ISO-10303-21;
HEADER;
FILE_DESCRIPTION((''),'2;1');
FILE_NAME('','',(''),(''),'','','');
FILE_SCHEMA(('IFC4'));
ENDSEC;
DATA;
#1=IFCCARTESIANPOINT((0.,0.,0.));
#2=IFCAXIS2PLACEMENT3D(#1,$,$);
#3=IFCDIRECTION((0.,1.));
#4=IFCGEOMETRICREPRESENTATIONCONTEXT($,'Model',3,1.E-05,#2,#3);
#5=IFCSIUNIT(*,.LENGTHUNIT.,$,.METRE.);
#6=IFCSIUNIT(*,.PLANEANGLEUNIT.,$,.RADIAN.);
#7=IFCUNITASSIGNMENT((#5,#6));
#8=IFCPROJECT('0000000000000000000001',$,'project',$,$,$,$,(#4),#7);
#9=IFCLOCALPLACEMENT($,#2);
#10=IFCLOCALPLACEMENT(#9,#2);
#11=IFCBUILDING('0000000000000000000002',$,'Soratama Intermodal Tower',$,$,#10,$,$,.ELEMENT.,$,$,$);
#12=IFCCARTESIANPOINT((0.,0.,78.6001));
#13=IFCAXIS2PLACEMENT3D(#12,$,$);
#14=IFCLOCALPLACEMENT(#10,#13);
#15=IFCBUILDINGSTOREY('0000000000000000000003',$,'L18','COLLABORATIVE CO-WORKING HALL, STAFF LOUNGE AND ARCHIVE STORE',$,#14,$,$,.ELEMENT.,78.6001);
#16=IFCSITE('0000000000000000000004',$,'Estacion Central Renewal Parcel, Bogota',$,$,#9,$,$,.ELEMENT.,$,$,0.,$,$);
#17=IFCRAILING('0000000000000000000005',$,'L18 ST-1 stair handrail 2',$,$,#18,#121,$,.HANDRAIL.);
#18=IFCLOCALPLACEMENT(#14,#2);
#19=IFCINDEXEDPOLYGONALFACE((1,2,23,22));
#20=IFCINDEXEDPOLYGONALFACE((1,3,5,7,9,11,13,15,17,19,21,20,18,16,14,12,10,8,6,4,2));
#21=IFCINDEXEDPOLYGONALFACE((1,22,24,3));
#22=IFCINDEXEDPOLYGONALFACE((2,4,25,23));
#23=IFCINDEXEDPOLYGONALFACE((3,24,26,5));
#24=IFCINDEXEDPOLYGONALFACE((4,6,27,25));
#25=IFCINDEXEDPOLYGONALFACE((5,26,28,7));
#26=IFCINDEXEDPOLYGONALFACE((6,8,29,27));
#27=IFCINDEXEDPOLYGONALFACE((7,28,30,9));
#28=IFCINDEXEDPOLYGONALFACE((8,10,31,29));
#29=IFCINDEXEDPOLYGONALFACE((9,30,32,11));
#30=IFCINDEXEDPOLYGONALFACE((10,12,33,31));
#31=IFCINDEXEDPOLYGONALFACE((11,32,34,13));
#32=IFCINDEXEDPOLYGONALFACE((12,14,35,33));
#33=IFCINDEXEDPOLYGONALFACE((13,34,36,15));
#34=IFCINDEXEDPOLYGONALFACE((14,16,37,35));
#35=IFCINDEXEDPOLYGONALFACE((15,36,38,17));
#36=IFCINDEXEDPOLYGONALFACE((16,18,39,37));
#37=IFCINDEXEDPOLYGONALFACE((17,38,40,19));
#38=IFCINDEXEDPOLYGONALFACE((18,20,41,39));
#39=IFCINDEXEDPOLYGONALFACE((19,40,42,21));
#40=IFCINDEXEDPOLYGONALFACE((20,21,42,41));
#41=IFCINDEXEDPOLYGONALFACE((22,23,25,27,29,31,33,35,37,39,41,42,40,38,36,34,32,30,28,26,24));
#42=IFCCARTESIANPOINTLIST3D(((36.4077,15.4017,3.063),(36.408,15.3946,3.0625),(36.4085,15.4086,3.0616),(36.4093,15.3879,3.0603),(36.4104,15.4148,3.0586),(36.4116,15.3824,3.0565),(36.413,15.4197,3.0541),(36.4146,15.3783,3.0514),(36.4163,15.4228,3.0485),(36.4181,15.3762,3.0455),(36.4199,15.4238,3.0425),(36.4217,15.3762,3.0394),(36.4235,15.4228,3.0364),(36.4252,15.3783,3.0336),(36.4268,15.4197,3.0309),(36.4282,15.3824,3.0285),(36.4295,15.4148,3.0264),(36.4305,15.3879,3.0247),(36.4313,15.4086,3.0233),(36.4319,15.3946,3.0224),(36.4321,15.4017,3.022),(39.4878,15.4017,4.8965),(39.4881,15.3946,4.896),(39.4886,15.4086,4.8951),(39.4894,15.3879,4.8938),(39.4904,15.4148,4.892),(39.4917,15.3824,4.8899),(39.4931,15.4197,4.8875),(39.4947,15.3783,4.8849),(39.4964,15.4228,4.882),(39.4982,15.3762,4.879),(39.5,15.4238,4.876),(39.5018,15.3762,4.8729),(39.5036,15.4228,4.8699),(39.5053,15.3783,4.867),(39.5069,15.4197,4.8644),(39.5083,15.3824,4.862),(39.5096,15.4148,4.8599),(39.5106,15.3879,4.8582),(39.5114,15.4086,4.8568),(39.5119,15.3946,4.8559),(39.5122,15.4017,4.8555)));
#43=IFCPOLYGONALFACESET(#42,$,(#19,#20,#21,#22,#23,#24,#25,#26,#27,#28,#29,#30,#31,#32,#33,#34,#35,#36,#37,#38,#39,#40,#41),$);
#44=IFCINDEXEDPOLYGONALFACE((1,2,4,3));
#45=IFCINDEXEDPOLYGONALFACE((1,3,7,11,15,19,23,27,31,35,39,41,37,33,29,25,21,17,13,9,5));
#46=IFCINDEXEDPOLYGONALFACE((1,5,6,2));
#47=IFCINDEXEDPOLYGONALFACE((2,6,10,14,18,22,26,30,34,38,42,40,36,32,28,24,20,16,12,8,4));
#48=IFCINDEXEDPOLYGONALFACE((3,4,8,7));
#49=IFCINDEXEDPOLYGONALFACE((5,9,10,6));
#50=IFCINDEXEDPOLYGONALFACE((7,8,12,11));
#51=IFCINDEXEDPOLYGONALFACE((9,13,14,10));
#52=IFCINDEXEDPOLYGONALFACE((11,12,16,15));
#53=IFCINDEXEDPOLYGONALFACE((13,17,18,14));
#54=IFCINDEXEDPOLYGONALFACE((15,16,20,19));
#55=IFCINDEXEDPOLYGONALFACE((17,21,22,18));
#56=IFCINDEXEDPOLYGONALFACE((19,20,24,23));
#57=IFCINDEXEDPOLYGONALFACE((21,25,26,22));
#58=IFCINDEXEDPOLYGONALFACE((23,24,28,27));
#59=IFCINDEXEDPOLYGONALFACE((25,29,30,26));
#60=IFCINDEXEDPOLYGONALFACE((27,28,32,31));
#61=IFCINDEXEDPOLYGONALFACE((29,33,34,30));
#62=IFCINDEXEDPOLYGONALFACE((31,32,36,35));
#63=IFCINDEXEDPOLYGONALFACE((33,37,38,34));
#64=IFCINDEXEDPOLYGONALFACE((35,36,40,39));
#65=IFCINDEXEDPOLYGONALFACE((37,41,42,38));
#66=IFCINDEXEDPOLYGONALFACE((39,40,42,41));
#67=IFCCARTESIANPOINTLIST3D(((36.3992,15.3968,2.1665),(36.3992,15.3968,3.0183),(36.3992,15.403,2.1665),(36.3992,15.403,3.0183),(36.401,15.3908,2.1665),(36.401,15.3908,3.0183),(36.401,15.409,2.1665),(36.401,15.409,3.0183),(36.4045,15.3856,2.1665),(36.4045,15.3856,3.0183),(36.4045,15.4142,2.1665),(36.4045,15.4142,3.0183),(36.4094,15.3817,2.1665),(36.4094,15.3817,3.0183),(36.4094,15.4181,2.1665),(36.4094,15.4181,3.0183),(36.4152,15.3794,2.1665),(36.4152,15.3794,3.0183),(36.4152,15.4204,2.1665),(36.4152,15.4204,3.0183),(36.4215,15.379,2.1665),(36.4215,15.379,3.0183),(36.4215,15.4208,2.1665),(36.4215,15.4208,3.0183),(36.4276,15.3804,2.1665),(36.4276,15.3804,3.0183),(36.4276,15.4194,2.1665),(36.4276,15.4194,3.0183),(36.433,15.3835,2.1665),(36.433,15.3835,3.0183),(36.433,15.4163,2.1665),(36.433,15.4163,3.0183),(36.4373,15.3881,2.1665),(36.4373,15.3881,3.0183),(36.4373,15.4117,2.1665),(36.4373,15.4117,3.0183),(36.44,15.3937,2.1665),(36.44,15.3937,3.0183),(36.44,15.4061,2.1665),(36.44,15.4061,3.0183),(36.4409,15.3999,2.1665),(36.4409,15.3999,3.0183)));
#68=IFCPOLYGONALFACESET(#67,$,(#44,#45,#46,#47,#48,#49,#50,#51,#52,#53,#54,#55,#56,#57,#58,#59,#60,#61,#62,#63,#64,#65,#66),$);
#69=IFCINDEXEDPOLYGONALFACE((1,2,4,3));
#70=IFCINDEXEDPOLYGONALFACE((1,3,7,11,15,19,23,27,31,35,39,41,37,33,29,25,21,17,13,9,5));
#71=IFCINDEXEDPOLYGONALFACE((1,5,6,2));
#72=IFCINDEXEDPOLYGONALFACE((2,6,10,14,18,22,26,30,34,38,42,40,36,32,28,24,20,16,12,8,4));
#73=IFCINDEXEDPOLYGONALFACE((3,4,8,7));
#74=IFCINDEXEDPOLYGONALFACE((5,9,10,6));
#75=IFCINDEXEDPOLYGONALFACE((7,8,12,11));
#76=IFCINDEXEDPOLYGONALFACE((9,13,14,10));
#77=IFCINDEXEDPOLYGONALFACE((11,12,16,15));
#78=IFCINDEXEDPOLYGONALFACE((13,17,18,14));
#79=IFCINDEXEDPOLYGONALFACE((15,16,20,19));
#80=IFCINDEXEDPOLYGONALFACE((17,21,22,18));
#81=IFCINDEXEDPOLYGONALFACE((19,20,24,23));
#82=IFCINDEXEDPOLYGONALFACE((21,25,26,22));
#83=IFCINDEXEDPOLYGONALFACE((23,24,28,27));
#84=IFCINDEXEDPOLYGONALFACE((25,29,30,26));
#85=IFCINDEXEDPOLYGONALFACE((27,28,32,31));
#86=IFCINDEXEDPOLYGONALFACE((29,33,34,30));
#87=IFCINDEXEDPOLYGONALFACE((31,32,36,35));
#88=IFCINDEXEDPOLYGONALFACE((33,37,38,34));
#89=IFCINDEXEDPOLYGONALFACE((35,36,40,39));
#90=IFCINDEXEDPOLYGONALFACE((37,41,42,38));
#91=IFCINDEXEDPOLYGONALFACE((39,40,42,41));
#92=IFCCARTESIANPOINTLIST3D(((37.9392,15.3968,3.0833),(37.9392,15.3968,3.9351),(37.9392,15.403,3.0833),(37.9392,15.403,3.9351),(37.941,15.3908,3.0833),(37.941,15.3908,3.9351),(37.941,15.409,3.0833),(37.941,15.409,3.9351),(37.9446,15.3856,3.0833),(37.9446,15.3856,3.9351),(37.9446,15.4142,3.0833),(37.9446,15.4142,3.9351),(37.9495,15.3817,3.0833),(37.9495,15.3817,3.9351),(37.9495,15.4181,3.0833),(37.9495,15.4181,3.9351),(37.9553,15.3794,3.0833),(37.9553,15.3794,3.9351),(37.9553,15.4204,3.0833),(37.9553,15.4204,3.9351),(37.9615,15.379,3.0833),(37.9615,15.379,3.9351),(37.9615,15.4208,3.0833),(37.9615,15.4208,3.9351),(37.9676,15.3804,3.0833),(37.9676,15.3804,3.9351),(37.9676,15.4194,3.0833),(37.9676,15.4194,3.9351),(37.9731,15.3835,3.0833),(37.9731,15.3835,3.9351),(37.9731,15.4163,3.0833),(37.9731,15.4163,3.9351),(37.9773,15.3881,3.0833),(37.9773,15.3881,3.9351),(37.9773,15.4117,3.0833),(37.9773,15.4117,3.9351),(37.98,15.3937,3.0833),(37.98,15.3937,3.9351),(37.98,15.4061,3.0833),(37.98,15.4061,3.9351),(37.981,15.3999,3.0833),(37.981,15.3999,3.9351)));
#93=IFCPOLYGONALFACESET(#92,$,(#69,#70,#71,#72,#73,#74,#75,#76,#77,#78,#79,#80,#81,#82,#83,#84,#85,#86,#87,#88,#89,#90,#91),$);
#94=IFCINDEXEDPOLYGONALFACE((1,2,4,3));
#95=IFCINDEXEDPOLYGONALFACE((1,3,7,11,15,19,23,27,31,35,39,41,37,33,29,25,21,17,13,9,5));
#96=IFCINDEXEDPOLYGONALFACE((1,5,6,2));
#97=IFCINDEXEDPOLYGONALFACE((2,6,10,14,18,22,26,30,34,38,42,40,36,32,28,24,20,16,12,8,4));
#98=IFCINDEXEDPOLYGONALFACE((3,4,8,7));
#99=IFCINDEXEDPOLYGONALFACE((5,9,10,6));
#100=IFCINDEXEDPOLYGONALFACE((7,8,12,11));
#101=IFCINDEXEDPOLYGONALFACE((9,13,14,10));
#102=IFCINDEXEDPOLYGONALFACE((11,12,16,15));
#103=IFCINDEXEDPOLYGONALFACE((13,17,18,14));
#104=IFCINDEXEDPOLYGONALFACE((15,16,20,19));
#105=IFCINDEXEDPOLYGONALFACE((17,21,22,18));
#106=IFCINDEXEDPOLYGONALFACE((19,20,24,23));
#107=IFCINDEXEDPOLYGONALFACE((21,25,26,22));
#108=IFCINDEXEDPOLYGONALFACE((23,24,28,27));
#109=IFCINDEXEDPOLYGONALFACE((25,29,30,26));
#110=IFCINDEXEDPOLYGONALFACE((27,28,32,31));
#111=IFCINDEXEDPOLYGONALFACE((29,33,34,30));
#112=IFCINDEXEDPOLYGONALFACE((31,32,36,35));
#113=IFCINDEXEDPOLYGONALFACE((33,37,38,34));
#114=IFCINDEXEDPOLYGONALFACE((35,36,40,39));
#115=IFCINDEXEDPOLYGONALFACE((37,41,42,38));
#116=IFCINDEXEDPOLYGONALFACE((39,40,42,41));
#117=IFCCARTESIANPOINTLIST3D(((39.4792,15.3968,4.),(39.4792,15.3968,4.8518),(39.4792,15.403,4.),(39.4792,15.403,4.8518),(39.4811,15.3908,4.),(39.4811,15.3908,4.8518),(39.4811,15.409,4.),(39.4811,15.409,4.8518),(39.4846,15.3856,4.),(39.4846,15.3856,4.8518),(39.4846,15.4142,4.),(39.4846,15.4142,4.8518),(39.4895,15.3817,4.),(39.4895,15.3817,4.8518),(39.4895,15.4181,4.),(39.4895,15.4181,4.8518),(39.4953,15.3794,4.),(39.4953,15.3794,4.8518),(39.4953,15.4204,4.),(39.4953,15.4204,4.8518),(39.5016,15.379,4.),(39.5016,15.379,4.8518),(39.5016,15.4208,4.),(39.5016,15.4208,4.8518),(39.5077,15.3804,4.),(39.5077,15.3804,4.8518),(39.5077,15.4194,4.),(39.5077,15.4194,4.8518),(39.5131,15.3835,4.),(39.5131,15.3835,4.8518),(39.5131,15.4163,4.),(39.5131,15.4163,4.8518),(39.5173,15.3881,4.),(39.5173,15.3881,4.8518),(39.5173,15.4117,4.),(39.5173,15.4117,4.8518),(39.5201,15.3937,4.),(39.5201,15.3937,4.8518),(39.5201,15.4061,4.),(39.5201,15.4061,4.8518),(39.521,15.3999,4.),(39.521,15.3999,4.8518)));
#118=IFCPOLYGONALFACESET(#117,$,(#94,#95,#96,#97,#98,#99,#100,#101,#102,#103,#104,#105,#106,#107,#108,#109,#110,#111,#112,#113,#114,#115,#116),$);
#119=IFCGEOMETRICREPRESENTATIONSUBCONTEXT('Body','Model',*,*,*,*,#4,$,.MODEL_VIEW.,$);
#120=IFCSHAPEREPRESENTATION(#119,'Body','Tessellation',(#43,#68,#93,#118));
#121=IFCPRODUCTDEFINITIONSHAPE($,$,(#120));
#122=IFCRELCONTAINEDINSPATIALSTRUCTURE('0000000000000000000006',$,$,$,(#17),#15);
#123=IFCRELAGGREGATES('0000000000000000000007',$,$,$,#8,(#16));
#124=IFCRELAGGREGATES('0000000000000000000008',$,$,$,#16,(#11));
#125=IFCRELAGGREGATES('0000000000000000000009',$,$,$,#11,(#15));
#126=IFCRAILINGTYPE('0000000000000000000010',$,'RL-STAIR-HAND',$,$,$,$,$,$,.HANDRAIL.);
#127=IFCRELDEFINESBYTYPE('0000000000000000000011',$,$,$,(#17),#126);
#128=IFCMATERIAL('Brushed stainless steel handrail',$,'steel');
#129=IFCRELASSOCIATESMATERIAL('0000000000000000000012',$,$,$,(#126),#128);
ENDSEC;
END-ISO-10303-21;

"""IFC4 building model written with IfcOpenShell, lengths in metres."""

from ifc_helpers import new_model, si_unit, direction, frame, origin, origin_2d, place, context, subcontext, project, spatial, circle, extrude, material, type_object, element, save


model = new_model("IFC4")

# Units and contexts
model_context = context("Model", 3, precision=1e-05, world=origin(), true_north=direction((0.0, 1.0)))
body_context = subcontext(model_context, "Body", "Model", "MODEL_VIEW")
ifc_project = project(units=[si_unit("LENGTHUNIT", "METRE"), si_unit("PLANEANGLEUNIT", "RADIAN")], contexts=[model_context])

# Site, building, storey
site_placement = place(None, origin())
site = spatial("IfcSite", under=ifc_project, at=site_placement, Name="Estacion Central Renewal Parcel, Bogota", CompositionType="ELEMENT", RefElevation=0.0)
building_placement = place(site_placement, origin())
building = spatial("IfcBuilding", under=site, at=building_placement, Name="Soratama Intermodal Tower", CompositionType="ELEMENT")
storey_placement = place(building_placement, frame((0.0, 0.0, 78.6001)))
storey = spatial("IfcBuildingStorey", under=building, at=storey_placement, Name="L18", Description="COLLABORATIVE CO-WORKING HALL, STAFF LOUNGE AND ARCHIVE STORE", CompositionType="ELEMENT", Elevation=78.6001)

# Railing
ifc_material_1 = material(Name="Brushed stainless steel handrail", Category="steel")
railing_type_1 = type_object("IfcRailingType", Name="RL-STAIR-HAND", PredefinedType="HANDRAIL", material=ifc_material_1)
railing_1_placement = place(storey_placement, frame((36.4199, 15.3999, 2.1665)))
element("IfcRailing", 1, at=railing_1_placement, inside=storey, type_object=railing_type_1, Name="L18 ST-1 stair handrail 2", PredefinedType="HANDRAIL", context=body_context, shape_type="SweptSolid", body=[
    extrude(circle(Radius=0.0239, at=origin_2d()), frame((0.0, 0.0, 0.876), z_axis=(0.859279, 0.0, 0.511508), x_axis=(0.0, 1.0, 0.0)), (0.0, 0.0, 1.0), 3.5845),
    extrude(circle(Radius=0.021, at=origin_2d()), origin(), (0.0, 0.0, 1.0), 0.8518),
    extrude(circle(Radius=0.021, at=origin_2d()), frame((1.54, 0.0, 0.9167)), (0.0, 0.0, 1.0), 0.8518),
    extrude(circle(Radius=0.021, at=origin_2d()), frame((3.0801, 0.0, 1.8335)), (0.0, 0.0, 1.0), 0.8518),
])

save(model, "model.ifc")
